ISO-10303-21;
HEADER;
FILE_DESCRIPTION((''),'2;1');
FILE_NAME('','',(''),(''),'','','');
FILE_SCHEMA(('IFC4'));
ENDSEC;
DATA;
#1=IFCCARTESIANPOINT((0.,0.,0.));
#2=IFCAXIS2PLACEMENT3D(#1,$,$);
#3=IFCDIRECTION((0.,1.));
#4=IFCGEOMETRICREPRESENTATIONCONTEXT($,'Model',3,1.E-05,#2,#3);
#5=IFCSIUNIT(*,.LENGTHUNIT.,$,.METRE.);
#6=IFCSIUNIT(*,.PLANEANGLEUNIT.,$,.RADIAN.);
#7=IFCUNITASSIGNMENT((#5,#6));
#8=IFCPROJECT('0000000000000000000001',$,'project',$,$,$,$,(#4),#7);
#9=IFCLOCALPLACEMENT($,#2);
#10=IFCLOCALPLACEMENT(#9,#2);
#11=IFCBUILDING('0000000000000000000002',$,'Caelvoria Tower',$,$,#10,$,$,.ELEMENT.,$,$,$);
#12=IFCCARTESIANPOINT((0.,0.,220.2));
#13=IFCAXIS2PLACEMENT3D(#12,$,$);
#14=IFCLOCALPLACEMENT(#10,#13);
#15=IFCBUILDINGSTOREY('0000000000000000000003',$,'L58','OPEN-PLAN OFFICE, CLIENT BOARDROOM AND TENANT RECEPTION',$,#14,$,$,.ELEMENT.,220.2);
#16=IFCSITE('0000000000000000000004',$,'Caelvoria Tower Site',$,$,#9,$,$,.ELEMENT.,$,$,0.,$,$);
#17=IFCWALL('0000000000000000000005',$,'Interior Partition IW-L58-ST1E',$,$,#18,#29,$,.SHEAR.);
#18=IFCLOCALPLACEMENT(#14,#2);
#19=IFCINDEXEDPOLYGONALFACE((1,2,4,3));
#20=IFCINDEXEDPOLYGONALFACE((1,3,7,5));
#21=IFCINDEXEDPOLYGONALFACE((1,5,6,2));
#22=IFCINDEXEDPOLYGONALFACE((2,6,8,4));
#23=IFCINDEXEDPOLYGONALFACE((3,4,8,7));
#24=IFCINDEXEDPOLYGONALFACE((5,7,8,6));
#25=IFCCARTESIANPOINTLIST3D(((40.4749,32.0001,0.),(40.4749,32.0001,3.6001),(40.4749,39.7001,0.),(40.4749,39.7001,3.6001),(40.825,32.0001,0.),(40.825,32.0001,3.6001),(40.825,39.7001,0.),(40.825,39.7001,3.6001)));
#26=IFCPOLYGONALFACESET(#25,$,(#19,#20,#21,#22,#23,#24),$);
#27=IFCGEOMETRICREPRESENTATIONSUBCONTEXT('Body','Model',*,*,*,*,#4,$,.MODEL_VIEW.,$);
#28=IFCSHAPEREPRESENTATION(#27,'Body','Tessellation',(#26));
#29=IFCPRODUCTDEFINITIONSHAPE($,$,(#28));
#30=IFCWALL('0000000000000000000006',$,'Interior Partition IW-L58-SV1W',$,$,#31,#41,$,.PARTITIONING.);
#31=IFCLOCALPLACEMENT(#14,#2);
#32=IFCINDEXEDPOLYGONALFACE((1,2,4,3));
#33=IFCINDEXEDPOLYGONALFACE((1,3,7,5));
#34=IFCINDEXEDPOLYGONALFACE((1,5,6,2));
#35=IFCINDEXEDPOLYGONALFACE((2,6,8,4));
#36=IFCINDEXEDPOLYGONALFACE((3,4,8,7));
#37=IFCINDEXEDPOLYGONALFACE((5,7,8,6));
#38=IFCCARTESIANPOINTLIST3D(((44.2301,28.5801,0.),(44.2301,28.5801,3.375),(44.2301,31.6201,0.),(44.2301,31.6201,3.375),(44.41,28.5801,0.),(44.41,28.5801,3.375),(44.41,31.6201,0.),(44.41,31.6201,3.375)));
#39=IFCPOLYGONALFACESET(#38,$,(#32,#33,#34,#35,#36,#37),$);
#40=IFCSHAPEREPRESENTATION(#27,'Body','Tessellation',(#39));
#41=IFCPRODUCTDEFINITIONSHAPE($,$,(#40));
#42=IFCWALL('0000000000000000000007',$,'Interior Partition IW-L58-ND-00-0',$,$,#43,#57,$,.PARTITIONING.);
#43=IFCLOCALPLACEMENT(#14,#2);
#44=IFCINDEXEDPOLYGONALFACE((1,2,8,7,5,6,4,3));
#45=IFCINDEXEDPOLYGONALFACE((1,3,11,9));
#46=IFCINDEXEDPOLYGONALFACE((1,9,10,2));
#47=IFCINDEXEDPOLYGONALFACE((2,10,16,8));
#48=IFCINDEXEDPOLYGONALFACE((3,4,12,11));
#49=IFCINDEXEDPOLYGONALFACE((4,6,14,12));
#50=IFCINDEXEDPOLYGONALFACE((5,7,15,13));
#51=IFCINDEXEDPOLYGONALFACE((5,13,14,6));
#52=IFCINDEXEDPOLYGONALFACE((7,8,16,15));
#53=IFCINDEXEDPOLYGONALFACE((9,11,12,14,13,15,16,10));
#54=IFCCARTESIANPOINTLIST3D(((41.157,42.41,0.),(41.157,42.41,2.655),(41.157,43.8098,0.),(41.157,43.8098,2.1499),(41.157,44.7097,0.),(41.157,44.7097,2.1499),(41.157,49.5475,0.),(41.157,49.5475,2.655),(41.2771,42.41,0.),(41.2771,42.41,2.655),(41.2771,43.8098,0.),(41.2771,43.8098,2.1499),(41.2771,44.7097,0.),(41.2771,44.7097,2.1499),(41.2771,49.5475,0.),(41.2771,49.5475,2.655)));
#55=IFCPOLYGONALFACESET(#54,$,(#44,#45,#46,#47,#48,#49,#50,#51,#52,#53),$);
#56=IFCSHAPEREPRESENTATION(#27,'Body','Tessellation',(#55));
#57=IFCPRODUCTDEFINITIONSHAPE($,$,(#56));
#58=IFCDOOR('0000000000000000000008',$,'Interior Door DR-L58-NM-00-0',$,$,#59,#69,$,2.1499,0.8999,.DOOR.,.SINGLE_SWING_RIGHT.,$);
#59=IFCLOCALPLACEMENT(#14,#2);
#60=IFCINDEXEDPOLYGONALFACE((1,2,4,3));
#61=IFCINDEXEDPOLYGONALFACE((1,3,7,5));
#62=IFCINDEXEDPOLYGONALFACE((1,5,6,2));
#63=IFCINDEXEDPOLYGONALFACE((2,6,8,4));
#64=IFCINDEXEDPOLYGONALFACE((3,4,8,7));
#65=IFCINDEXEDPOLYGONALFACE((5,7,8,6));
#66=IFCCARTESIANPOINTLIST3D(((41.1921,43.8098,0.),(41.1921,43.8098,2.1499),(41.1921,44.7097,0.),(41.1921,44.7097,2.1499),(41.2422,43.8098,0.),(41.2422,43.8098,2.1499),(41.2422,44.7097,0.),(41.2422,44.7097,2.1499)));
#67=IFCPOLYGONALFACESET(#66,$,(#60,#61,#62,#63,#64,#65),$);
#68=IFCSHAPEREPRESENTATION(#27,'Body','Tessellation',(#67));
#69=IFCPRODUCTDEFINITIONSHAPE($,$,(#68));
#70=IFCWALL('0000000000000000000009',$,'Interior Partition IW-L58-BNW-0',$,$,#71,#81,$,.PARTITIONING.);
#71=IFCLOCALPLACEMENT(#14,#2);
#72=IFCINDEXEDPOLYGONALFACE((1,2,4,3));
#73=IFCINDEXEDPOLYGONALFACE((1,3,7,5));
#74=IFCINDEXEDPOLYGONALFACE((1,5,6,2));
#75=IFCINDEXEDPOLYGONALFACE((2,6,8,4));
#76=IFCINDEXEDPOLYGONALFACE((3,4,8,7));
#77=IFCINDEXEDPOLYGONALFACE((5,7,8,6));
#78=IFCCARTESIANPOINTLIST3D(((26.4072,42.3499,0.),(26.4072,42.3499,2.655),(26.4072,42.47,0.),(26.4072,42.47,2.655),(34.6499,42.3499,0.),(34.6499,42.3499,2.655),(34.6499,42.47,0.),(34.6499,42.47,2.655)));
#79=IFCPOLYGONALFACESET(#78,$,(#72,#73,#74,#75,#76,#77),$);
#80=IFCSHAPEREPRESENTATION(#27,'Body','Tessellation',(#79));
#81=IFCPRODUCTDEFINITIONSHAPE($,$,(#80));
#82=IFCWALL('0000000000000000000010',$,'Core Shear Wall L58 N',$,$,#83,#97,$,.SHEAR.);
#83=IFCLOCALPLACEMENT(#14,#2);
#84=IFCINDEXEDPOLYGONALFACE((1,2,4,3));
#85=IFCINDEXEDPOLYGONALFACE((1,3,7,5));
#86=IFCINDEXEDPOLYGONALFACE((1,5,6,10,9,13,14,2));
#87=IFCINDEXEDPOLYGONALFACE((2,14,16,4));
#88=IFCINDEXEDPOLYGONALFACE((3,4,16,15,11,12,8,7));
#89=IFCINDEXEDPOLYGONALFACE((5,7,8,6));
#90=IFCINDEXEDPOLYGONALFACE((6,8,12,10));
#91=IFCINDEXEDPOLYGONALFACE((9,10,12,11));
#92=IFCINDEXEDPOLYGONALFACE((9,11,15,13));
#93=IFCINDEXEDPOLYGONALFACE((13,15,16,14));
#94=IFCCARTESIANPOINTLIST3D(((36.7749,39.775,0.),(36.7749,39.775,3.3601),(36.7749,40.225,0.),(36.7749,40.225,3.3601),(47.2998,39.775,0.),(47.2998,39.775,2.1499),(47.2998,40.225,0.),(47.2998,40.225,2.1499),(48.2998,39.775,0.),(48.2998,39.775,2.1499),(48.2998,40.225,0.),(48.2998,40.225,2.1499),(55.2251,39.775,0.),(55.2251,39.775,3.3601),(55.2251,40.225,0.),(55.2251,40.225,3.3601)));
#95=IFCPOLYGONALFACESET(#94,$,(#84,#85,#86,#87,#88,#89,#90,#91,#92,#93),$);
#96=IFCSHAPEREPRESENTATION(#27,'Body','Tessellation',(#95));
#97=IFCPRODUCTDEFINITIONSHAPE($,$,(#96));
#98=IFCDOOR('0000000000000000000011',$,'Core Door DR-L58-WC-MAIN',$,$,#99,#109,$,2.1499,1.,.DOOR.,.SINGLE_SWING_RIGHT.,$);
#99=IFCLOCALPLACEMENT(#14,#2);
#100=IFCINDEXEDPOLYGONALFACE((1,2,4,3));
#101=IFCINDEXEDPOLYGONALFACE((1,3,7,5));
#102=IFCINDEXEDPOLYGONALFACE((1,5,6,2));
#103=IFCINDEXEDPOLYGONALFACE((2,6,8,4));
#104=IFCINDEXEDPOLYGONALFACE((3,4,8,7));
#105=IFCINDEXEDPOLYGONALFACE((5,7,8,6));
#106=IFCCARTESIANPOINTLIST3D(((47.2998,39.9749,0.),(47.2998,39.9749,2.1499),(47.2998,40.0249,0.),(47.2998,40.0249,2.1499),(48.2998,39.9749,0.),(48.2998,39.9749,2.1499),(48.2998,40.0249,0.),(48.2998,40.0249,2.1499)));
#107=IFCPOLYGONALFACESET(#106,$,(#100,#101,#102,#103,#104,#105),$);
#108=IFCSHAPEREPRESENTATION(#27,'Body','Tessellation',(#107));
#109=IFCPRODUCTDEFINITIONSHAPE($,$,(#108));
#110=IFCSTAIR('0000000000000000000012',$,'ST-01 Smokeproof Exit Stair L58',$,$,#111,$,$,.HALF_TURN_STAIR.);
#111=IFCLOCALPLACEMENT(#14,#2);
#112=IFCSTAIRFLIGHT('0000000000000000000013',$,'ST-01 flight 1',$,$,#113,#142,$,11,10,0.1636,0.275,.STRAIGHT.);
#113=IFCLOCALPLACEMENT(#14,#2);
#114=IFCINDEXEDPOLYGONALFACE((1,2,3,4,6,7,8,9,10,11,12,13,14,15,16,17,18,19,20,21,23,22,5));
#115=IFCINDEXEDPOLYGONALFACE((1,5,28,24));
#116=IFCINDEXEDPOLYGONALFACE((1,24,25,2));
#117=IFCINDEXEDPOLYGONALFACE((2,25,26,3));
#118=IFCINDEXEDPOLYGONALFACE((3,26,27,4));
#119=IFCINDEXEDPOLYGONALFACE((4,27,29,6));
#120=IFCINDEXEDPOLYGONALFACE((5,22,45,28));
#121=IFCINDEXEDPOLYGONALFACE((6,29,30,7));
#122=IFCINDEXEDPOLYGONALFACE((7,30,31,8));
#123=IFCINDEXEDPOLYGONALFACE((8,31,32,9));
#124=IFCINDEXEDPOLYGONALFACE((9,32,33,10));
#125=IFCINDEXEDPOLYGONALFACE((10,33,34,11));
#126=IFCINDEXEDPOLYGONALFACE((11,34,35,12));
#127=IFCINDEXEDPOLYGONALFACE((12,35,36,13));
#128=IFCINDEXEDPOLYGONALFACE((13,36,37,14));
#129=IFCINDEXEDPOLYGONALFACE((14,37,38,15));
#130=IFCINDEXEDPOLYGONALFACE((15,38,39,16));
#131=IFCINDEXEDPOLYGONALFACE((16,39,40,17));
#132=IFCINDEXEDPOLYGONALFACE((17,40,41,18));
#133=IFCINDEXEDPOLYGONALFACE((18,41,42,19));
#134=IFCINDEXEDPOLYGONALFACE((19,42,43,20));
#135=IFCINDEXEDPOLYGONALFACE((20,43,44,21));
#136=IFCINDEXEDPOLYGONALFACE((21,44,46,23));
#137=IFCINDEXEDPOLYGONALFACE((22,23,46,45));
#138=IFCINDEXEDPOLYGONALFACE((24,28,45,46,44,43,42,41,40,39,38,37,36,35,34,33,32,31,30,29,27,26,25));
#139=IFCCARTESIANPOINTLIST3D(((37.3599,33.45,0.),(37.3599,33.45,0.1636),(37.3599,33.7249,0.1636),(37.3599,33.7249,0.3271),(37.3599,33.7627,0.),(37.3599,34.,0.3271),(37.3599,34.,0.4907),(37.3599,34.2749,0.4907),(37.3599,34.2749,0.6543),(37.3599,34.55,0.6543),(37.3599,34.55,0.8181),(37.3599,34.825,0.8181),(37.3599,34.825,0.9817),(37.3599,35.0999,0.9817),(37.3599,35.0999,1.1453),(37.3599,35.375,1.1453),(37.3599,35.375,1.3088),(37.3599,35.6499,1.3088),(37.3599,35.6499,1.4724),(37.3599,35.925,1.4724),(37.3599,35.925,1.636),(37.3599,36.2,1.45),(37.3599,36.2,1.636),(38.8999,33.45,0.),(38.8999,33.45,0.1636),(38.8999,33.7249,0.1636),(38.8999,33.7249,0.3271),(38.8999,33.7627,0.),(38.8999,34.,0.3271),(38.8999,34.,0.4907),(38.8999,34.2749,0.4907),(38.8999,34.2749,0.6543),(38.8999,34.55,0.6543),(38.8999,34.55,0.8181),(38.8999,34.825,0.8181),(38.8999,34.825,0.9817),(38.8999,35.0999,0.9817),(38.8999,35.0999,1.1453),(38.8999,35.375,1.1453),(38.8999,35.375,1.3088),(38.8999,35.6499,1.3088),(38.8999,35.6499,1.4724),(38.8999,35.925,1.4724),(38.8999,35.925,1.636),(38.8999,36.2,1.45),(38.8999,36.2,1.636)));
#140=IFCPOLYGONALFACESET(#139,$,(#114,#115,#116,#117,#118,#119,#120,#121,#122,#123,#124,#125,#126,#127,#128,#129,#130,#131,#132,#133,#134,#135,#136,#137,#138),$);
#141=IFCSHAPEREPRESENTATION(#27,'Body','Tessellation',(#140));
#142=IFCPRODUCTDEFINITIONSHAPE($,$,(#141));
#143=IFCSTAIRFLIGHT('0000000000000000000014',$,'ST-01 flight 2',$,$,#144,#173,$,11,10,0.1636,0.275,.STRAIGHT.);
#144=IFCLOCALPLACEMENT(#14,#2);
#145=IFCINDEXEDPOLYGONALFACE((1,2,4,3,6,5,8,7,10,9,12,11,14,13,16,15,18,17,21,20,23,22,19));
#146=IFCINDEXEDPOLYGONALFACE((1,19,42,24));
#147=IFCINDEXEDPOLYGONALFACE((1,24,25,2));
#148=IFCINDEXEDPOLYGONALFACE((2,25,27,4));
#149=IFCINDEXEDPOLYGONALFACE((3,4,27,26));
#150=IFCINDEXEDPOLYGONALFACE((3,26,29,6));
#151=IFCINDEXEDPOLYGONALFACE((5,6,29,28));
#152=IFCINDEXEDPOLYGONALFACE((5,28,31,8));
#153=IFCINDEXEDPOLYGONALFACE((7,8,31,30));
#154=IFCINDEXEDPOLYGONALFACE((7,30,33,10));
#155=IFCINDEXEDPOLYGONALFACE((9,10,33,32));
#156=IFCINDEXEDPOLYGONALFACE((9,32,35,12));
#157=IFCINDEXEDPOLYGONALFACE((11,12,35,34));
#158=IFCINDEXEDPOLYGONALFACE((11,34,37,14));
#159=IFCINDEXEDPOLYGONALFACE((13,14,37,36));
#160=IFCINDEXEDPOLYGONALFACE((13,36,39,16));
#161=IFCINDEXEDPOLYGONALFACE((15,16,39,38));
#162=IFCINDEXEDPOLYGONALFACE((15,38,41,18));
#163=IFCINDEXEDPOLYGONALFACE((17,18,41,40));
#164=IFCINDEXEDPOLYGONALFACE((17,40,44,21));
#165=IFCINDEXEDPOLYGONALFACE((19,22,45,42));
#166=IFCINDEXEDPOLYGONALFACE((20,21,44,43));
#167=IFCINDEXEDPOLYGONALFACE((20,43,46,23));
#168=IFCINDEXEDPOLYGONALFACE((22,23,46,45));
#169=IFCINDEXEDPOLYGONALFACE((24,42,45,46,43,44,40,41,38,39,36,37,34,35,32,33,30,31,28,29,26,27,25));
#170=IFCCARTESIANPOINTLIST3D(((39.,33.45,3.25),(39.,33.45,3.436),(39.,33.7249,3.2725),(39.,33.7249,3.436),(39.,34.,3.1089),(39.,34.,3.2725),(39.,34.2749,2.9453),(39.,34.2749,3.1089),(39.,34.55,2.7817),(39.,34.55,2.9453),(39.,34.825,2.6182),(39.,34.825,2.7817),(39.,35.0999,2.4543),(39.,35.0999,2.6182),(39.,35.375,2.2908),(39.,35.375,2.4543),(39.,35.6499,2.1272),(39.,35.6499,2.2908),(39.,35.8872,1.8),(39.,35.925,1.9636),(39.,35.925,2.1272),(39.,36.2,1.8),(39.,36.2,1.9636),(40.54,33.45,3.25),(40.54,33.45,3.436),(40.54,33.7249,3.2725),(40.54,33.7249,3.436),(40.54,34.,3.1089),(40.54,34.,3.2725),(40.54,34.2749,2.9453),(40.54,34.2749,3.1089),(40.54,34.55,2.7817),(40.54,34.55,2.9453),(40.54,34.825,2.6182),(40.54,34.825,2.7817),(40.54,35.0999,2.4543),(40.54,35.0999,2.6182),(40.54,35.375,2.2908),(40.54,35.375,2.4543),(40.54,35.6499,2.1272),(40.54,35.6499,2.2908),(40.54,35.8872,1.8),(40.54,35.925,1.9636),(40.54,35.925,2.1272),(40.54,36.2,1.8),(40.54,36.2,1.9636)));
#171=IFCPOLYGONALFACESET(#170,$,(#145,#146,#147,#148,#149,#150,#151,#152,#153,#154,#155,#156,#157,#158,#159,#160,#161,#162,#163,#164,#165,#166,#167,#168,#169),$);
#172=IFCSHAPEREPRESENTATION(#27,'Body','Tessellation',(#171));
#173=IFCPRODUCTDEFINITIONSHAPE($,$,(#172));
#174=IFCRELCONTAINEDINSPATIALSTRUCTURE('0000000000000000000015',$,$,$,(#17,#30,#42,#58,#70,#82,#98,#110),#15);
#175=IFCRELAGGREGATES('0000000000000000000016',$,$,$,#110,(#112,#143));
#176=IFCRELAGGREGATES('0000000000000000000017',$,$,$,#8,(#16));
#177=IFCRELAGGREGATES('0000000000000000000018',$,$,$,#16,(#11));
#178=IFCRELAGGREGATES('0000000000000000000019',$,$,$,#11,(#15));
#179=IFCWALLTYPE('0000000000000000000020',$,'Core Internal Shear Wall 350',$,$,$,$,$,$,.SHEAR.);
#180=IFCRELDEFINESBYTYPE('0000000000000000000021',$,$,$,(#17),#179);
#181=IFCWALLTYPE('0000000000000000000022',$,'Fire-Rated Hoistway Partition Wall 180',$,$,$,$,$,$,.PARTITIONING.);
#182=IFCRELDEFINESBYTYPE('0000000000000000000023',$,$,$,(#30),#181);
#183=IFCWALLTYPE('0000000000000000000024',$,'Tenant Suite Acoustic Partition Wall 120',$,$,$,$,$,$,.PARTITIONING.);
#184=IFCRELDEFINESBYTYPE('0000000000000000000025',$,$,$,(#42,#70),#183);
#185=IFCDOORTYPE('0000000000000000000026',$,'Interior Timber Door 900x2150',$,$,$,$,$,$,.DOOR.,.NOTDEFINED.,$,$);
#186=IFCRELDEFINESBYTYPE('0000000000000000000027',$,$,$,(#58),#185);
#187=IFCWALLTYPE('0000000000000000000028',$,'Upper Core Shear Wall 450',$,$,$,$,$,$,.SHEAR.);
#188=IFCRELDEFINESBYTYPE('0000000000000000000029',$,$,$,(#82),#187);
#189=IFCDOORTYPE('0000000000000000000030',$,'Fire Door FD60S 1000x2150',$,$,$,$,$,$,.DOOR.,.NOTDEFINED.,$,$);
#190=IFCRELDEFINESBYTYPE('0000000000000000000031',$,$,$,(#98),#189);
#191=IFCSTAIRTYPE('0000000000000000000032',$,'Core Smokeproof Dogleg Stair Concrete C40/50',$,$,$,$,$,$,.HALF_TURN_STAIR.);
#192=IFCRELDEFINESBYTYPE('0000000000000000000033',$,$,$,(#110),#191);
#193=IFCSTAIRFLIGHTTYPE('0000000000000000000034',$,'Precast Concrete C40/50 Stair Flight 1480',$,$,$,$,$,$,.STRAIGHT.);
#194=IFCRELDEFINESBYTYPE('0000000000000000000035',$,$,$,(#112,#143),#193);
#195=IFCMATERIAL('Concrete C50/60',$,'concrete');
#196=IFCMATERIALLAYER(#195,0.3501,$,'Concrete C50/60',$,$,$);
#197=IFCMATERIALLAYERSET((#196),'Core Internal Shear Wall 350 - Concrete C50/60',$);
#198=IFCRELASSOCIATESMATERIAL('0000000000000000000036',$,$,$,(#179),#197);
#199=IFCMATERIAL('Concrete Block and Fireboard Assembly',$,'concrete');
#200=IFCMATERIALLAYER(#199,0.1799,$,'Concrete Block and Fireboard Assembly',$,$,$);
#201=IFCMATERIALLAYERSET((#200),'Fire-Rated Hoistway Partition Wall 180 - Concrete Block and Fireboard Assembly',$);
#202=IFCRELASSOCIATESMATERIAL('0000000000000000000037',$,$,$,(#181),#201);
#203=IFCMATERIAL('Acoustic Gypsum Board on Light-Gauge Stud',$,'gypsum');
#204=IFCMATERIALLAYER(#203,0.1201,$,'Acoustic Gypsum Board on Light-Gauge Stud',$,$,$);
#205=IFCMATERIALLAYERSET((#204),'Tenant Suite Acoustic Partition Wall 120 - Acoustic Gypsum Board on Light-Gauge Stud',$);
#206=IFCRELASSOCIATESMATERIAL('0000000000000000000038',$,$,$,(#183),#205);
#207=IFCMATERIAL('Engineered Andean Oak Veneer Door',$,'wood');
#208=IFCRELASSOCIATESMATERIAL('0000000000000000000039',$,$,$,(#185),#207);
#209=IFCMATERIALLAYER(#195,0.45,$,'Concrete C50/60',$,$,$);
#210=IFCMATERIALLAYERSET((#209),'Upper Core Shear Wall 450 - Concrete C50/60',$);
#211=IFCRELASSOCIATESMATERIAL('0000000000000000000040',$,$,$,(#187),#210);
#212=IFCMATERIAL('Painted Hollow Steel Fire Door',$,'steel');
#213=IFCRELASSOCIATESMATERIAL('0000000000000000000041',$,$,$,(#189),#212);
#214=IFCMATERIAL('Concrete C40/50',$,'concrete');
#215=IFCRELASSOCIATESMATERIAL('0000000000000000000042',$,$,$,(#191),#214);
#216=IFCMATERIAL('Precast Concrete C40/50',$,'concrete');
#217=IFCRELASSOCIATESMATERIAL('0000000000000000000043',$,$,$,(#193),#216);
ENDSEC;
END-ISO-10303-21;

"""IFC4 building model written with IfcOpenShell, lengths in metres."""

from ifc_helpers import new_model, si_unit, direction, frame, frame_2d, origin, place, context, subcontext, project, spatial, polyline, rectangle, outline, extrude, material, layer, layer_set, type_object, element, fill, aggregate, save


model = new_model("IFC4")

# Units and contexts
model_context = context("Model", 3, precision=1e-05, world=origin(), true_north=direction((0.0, 1.0)))
body_context = subcontext(model_context, "Body", "Model", "MODEL_VIEW")
ifc_project = project(units=[si_unit("LENGTHUNIT", "METRE"), si_unit("PLANEANGLEUNIT", "RADIAN")], contexts=[model_context])

# Site, building, storey
site_placement = place(None, origin())
site = spatial("IfcSite", under=ifc_project, at=site_placement, Name="Caelvoria Tower Site", CompositionType="ELEMENT", RefElevation=0.0)
building_placement = place(site_placement, origin())
building = spatial("IfcBuilding", under=site, at=building_placement, Name="Caelvoria Tower", CompositionType="ELEMENT")
storey_placement = place(building_placement, frame((0.0, 0.0, 220.2)))
storey = spatial("IfcBuildingStorey", under=building, at=storey_placement, Name="L58", Description="OPEN-PLAN OFFICE, CLIENT BOARDROOM AND TENANT RECEPTION", CompositionType="ELEMENT", Elevation=220.2)

# Shared definitions
ifc_material_1 = material(Name="Concrete C50/60", Category="concrete")
ifc_layer_1 = layer(ifc_material_1, 0.3501, Name="Concrete C50/60")
ifc_layer_set_1 = layer_set([ifc_layer_1], Name="Core Internal Shear Wall 350 - Concrete C50/60")
wall_type_1 = type_object("IfcWallType", Name="Core Internal Shear Wall 350", PredefinedType="SHEAR", material=ifc_layer_set_1)
ifc_material_2 = material(Name="Painted Hollow Steel Fire Door", Category="steel")

# Walls
wall_1_placement = place(storey_placement, frame((40.6499, 32.0, 0.0), z_axis=(0.0, 0.0, 1.0), x_axis=(0.0, 1.0, 0.0)))
element("IfcWall", 1, at=wall_1_placement, inside=storey, type_object=wall_type_1, Name="Interior Partition IW-L58-ST1E", PredefinedType="SHEAR", context=body_context, shape_type="SweptSolid", body=[
    extrude(rectangle(XDim=7.7, YDim=0.3501, at=frame_2d((3.8501, 0.0))), origin(), (0.0, 0.0, 1.0), 3.6001),
])
ifc_material_3 = material(Name="Concrete Block and Fireboard Assembly", Category="concrete")
ifc_layer_2 = layer(ifc_material_3, 0.1799, Name="Concrete Block and Fireboard Assembly")
ifc_layer_set_2 = layer_set([ifc_layer_2], Name="Fire-Rated Hoistway Partition Wall 180 - Concrete Block and Fireboard Assembly")
wall_type_2 = type_object("IfcWallType", Name="Fire-Rated Hoistway Partition Wall 180", PredefinedType="PARTITIONING", material=ifc_layer_set_2)
wall_2_placement = place(storey_placement, frame((44.3201, 28.5801, 0.0), z_axis=(0.0, 0.0, 1.0), x_axis=(0.0, 1.0, 0.0)))
element("IfcWall", 2, at=wall_2_placement, inside=storey, type_object=wall_type_2, Name="Interior Partition IW-L58-SV1W", PredefinedType="PARTITIONING", context=body_context, shape_type="SweptSolid", body=[
    extrude(rectangle(XDim=3.04, YDim=0.1799, at=frame_2d((1.52, 0.0))), origin(), (0.0, 0.0, 1.0), 3.375),
])

# Wall, opening, door
ifc_material_4 = material(Name="Acoustic Gypsum Board on Light-Gauge Stud", Category="gypsum")
ifc_layer_3 = layer(ifc_material_4, 0.1201, Name="Acoustic Gypsum Board on Light-Gauge Stud")
ifc_layer_set_3 = layer_set([ifc_layer_3], Name="Tenant Suite Acoustic Partition Wall 120 - Acoustic Gypsum Board on Light-Gauge Stud")
wall_type_3 = type_object("IfcWallType", Name="Tenant Suite Acoustic Partition Wall 120", PredefinedType="PARTITIONING", material=ifc_layer_set_3)
wall_3_placement = place(storey_placement, frame((41.217, 42.4099, 0.0), z_axis=(0.0, 0.0, 1.0), x_axis=(0.0, 1.0, 0.0)))
wall_3 = element("IfcWall", 3, at=wall_3_placement, inside=storey, type_object=wall_type_3, Name="Interior Partition IW-L58-ND-00-0", PredefinedType="PARTITIONING", context=body_context, shape_type="SweptSolid", body=[
    extrude(rectangle(XDim=7.1375, YDim=0.1201, at=frame_2d((3.5688, 0.0))), origin(), (0.0, 0.0, 1.0), 2.655),
])
opening_1_placement = place(wall_3_placement, frame((1.3999, 0.0, 0.0)))
opening_1 = element("IfcOpeningElement", 4, at=opening_1_placement, cuts=wall_3, PredefinedType="OPENING", context=body_context, shape_type="SweptSolid", body=[
    extrude(rectangle(XDim=0.8999, YDim=2.1499, at=frame_2d((0.45, 1.075))), frame((0.0, 0.0701, 0.0), z_axis=(0.0, -1.0, 0.0), x_axis=(1.0, 0.0, 0.0)), (0.0, 0.0, 1.0), 0.1401),
])
ifc_material_5 = material(Name="Engineered Andean Oak Veneer Door", Category="wood")
door_type_1 = type_object("IfcDoorType", Name="Interior Timber Door 900x2150", OperationType="NOTDEFINED", PredefinedType="DOOR", material=ifc_material_5)
door_1_placement = place(opening_1_placement, origin())
door_1 = element("IfcDoor", 5, at=door_1_placement, inside=storey, type_object=door_type_1, Name="Interior Door DR-L58-NM-00-0", OperationType="SINGLE_SWING_RIGHT", OverallHeight=2.1499, OverallWidth=0.8999, PredefinedType="DOOR", context=body_context, shape_type="SweptSolid", body=[
    extrude(rectangle(XDim=0.8999, YDim=2.1499, at=frame_2d((0.45, 1.075))), frame((0.0, 0.0249, 0.0), z_axis=(0.0, -1.0, 0.0), x_axis=(1.0, 0.0, 0.0)), (0.0, 0.0, 1.0), 0.05),
])
fill(opening_1, door_1)

# Wall
wall_4_placement = place(storey_placement, frame((34.6499, 42.4099, 0.0), z_axis=(0.0, 0.0, 1.0), x_axis=(-1.0, 0.0, 0.0)))
element("IfcWall", 6, at=wall_4_placement, inside=storey, type_object=wall_type_3, Name="Interior Partition IW-L58-BNW-0", PredefinedType="PARTITIONING", context=body_context, shape_type="SweptSolid", body=[
    extrude(rectangle(XDim=8.2427, YDim=0.1201, at=frame_2d((4.1213, 0.0))), origin(), (0.0, 0.0, 1.0), 2.655),
])

# Wall, opening, door
ifc_layer_4 = layer(ifc_material_1, 0.45, Name="Concrete C50/60")
ifc_layer_set_4 = layer_set([ifc_layer_4], Name="Upper Core Shear Wall 450 - Concrete C50/60")
wall_type_4 = type_object("IfcWallType", Name="Upper Core Shear Wall 450", PredefinedType="SHEAR", material=ifc_layer_set_4)
wall_5_placement = place(storey_placement, frame((36.7749, 40.0, 0.0), z_axis=(0.0, 0.0, 1.0), x_axis=(1.0, 0.0, 0.0)))
wall_5 = element("IfcWall", 7, at=wall_5_placement, inside=storey, type_object=wall_type_4, Name="Core Shear Wall L58 N", PredefinedType="SHEAR", context=body_context, shape_type="SweptSolid", body=[
    extrude(rectangle(XDim=18.4502, YDim=0.45, at=frame_2d((9.2251, 0.0))), origin(), (0.0, 0.0, 1.0), 3.3601),
])
opening_2_placement = place(wall_5_placement, frame((10.5249, 0.0, 0.0)))
opening_2 = element("IfcOpeningElement", 8, at=opening_2_placement, cuts=wall_5, PredefinedType="OPENING", context=body_context, shape_type="SweptSolid", body=[
    extrude(rectangle(XDim=1.0, YDim=2.1499, at=frame_2d((0.5, 1.075))), frame((0.0, 0.2349, 0.0), z_axis=(0.0, -1.0, 0.0), x_axis=(1.0, 0.0, 0.0)), (0.0, 0.0, 1.0), 0.47),
])
door_type_2 = type_object("IfcDoorType", Name="Fire Door FD60S 1000x2150", OperationType="NOTDEFINED", PredefinedType="DOOR", material=ifc_material_2)
door_2_placement = place(opening_2_placement, origin())
door_2 = element("IfcDoor", 9, at=door_2_placement, inside=storey, type_object=door_type_2, Name="Core Door DR-L58-WC-MAIN", OperationType="SINGLE_SWING_RIGHT", OverallHeight=2.1499, OverallWidth=1.0, PredefinedType="DOOR", context=body_context, shape_type="SweptSolid", body=[
    extrude(rectangle(XDim=1.0, YDim=2.1499, at=frame_2d((0.5, 1.075))), frame((0.0, 0.0249, 0.0), z_axis=(0.0, -1.0, 0.0), x_axis=(1.0, 0.0, 0.0)), (0.0, 0.0, 1.0), 0.05),
])
fill(opening_2, door_2)

# Stair, stair flights
ifc_material_6 = material(Name="Concrete C40/50", Category="concrete")
stair_type = type_object("IfcStairType", Name="Core Smokeproof Dogleg Stair Concrete C40/50", PredefinedType="HALF_TURN_STAIR", material=ifc_material_6)
stair_placement = place(storey_placement, origin())
stair = element("IfcStair", 10, at=stair_placement, inside=storey, type_object=stair_type, Name="ST-01 Smokeproof Exit Stair L58", PredefinedType="HALF_TURN_STAIR")
ifc_material_7 = material(Name="Precast Concrete C40/50", Category="concrete")
stair_flight_type = type_object("IfcStairFlightType", Name="Precast Concrete C40/50 Stair Flight 1480", PredefinedType="STRAIGHT", material=ifc_material_7)
stair_flight_1_placement = place(storey_placement, frame((38.1299, 33.45, 0.0), z_axis=(0.0, 0.0, 1.0), x_axis=(0.0, 1.0, 0.0)))
stair_flight_1 = element("IfcStairFlight", 11, at=stair_flight_1_placement, type_object=stair_flight_type, Name="ST-01 flight 1", NumberOfRisers=11, NumberOfTreads=10, PredefinedType="STRAIGHT", RiserHeight=0.1636, TreadLength=0.275, context=body_context, shape_type="SweptSolid", body=[
    extrude(outline(polyline([(0.0, 0.0), (0.0, 0.1636), (0.2749, 0.1636), (0.2749, 0.3271), (0.55, 0.3271), (0.55, 0.4907), (0.825, 0.4907), (0.825, 0.6543), (1.1001, 0.6543), (1.1001, 0.8181), (1.375, 0.8181), (1.375, 0.9817), (1.6499, 0.9817), (1.6499, 1.1453), (1.925, 1.1453), (1.925, 1.3088), (2.2, 1.3088), (2.2, 1.4724), (2.4751, 1.4724), (2.4751, 1.636), (2.75, 1.636), (2.75, 1.7996), (2.75, 1.45), (0.3127, 0.0), (0.0, 0.0)])), frame((0.0, 0.77, 0.0), z_axis=(0.0, -1.0, 0.0), x_axis=(1.0, 0.0, 0.0)), (0.0, 0.0, 1.0), 1.54),
])
stair_flight_2_placement = place(storey_placement, frame((39.77, 36.2, 1.8), z_axis=(0.0, 0.0, 1.0), x_axis=(0.0, -1.0, 0.0)))
stair_flight_2 = element("IfcStairFlight", 12, at=stair_flight_2_placement, type_object=stair_flight_type, Name="ST-01 flight 2", NumberOfRisers=11, NumberOfTreads=10, PredefinedType="STRAIGHT", RiserHeight=0.1636, TreadLength=0.275, context=body_context, shape_type="SweptSolid", body=[
    extrude(outline(polyline([(0.0, 0.0), (0.0, 0.1636), (0.2749, 0.1636), (0.2749, 0.3271), (0.55, 0.3271), (0.55, 0.4907), (0.825, 0.4907), (0.825, 0.6543), (1.1001, 0.6543), (1.1001, 0.8181), (1.375, 0.8181), (1.375, 0.9817), (1.6499, 0.9817), (1.6499, 1.1453), (1.925, 1.1453), (1.925, 1.3088), (2.2, 1.3088), (2.2, 1.4724), (2.4751, 1.4724), (2.4751, 1.636), (2.75, 1.636), (2.75, 1.7996), (2.75, 1.45), (0.3127, 0.0), (0.0, 0.0)])), frame((0.0, 0.77, 0.0), z_axis=(0.0, -1.0, 0.0), x_axis=(1.0, 0.0, 0.0)), (0.0, 0.0, 1.0), 1.54),
])
aggregate(stair, [stair_flight_1, stair_flight_2])

save(model, "model.ifc")
